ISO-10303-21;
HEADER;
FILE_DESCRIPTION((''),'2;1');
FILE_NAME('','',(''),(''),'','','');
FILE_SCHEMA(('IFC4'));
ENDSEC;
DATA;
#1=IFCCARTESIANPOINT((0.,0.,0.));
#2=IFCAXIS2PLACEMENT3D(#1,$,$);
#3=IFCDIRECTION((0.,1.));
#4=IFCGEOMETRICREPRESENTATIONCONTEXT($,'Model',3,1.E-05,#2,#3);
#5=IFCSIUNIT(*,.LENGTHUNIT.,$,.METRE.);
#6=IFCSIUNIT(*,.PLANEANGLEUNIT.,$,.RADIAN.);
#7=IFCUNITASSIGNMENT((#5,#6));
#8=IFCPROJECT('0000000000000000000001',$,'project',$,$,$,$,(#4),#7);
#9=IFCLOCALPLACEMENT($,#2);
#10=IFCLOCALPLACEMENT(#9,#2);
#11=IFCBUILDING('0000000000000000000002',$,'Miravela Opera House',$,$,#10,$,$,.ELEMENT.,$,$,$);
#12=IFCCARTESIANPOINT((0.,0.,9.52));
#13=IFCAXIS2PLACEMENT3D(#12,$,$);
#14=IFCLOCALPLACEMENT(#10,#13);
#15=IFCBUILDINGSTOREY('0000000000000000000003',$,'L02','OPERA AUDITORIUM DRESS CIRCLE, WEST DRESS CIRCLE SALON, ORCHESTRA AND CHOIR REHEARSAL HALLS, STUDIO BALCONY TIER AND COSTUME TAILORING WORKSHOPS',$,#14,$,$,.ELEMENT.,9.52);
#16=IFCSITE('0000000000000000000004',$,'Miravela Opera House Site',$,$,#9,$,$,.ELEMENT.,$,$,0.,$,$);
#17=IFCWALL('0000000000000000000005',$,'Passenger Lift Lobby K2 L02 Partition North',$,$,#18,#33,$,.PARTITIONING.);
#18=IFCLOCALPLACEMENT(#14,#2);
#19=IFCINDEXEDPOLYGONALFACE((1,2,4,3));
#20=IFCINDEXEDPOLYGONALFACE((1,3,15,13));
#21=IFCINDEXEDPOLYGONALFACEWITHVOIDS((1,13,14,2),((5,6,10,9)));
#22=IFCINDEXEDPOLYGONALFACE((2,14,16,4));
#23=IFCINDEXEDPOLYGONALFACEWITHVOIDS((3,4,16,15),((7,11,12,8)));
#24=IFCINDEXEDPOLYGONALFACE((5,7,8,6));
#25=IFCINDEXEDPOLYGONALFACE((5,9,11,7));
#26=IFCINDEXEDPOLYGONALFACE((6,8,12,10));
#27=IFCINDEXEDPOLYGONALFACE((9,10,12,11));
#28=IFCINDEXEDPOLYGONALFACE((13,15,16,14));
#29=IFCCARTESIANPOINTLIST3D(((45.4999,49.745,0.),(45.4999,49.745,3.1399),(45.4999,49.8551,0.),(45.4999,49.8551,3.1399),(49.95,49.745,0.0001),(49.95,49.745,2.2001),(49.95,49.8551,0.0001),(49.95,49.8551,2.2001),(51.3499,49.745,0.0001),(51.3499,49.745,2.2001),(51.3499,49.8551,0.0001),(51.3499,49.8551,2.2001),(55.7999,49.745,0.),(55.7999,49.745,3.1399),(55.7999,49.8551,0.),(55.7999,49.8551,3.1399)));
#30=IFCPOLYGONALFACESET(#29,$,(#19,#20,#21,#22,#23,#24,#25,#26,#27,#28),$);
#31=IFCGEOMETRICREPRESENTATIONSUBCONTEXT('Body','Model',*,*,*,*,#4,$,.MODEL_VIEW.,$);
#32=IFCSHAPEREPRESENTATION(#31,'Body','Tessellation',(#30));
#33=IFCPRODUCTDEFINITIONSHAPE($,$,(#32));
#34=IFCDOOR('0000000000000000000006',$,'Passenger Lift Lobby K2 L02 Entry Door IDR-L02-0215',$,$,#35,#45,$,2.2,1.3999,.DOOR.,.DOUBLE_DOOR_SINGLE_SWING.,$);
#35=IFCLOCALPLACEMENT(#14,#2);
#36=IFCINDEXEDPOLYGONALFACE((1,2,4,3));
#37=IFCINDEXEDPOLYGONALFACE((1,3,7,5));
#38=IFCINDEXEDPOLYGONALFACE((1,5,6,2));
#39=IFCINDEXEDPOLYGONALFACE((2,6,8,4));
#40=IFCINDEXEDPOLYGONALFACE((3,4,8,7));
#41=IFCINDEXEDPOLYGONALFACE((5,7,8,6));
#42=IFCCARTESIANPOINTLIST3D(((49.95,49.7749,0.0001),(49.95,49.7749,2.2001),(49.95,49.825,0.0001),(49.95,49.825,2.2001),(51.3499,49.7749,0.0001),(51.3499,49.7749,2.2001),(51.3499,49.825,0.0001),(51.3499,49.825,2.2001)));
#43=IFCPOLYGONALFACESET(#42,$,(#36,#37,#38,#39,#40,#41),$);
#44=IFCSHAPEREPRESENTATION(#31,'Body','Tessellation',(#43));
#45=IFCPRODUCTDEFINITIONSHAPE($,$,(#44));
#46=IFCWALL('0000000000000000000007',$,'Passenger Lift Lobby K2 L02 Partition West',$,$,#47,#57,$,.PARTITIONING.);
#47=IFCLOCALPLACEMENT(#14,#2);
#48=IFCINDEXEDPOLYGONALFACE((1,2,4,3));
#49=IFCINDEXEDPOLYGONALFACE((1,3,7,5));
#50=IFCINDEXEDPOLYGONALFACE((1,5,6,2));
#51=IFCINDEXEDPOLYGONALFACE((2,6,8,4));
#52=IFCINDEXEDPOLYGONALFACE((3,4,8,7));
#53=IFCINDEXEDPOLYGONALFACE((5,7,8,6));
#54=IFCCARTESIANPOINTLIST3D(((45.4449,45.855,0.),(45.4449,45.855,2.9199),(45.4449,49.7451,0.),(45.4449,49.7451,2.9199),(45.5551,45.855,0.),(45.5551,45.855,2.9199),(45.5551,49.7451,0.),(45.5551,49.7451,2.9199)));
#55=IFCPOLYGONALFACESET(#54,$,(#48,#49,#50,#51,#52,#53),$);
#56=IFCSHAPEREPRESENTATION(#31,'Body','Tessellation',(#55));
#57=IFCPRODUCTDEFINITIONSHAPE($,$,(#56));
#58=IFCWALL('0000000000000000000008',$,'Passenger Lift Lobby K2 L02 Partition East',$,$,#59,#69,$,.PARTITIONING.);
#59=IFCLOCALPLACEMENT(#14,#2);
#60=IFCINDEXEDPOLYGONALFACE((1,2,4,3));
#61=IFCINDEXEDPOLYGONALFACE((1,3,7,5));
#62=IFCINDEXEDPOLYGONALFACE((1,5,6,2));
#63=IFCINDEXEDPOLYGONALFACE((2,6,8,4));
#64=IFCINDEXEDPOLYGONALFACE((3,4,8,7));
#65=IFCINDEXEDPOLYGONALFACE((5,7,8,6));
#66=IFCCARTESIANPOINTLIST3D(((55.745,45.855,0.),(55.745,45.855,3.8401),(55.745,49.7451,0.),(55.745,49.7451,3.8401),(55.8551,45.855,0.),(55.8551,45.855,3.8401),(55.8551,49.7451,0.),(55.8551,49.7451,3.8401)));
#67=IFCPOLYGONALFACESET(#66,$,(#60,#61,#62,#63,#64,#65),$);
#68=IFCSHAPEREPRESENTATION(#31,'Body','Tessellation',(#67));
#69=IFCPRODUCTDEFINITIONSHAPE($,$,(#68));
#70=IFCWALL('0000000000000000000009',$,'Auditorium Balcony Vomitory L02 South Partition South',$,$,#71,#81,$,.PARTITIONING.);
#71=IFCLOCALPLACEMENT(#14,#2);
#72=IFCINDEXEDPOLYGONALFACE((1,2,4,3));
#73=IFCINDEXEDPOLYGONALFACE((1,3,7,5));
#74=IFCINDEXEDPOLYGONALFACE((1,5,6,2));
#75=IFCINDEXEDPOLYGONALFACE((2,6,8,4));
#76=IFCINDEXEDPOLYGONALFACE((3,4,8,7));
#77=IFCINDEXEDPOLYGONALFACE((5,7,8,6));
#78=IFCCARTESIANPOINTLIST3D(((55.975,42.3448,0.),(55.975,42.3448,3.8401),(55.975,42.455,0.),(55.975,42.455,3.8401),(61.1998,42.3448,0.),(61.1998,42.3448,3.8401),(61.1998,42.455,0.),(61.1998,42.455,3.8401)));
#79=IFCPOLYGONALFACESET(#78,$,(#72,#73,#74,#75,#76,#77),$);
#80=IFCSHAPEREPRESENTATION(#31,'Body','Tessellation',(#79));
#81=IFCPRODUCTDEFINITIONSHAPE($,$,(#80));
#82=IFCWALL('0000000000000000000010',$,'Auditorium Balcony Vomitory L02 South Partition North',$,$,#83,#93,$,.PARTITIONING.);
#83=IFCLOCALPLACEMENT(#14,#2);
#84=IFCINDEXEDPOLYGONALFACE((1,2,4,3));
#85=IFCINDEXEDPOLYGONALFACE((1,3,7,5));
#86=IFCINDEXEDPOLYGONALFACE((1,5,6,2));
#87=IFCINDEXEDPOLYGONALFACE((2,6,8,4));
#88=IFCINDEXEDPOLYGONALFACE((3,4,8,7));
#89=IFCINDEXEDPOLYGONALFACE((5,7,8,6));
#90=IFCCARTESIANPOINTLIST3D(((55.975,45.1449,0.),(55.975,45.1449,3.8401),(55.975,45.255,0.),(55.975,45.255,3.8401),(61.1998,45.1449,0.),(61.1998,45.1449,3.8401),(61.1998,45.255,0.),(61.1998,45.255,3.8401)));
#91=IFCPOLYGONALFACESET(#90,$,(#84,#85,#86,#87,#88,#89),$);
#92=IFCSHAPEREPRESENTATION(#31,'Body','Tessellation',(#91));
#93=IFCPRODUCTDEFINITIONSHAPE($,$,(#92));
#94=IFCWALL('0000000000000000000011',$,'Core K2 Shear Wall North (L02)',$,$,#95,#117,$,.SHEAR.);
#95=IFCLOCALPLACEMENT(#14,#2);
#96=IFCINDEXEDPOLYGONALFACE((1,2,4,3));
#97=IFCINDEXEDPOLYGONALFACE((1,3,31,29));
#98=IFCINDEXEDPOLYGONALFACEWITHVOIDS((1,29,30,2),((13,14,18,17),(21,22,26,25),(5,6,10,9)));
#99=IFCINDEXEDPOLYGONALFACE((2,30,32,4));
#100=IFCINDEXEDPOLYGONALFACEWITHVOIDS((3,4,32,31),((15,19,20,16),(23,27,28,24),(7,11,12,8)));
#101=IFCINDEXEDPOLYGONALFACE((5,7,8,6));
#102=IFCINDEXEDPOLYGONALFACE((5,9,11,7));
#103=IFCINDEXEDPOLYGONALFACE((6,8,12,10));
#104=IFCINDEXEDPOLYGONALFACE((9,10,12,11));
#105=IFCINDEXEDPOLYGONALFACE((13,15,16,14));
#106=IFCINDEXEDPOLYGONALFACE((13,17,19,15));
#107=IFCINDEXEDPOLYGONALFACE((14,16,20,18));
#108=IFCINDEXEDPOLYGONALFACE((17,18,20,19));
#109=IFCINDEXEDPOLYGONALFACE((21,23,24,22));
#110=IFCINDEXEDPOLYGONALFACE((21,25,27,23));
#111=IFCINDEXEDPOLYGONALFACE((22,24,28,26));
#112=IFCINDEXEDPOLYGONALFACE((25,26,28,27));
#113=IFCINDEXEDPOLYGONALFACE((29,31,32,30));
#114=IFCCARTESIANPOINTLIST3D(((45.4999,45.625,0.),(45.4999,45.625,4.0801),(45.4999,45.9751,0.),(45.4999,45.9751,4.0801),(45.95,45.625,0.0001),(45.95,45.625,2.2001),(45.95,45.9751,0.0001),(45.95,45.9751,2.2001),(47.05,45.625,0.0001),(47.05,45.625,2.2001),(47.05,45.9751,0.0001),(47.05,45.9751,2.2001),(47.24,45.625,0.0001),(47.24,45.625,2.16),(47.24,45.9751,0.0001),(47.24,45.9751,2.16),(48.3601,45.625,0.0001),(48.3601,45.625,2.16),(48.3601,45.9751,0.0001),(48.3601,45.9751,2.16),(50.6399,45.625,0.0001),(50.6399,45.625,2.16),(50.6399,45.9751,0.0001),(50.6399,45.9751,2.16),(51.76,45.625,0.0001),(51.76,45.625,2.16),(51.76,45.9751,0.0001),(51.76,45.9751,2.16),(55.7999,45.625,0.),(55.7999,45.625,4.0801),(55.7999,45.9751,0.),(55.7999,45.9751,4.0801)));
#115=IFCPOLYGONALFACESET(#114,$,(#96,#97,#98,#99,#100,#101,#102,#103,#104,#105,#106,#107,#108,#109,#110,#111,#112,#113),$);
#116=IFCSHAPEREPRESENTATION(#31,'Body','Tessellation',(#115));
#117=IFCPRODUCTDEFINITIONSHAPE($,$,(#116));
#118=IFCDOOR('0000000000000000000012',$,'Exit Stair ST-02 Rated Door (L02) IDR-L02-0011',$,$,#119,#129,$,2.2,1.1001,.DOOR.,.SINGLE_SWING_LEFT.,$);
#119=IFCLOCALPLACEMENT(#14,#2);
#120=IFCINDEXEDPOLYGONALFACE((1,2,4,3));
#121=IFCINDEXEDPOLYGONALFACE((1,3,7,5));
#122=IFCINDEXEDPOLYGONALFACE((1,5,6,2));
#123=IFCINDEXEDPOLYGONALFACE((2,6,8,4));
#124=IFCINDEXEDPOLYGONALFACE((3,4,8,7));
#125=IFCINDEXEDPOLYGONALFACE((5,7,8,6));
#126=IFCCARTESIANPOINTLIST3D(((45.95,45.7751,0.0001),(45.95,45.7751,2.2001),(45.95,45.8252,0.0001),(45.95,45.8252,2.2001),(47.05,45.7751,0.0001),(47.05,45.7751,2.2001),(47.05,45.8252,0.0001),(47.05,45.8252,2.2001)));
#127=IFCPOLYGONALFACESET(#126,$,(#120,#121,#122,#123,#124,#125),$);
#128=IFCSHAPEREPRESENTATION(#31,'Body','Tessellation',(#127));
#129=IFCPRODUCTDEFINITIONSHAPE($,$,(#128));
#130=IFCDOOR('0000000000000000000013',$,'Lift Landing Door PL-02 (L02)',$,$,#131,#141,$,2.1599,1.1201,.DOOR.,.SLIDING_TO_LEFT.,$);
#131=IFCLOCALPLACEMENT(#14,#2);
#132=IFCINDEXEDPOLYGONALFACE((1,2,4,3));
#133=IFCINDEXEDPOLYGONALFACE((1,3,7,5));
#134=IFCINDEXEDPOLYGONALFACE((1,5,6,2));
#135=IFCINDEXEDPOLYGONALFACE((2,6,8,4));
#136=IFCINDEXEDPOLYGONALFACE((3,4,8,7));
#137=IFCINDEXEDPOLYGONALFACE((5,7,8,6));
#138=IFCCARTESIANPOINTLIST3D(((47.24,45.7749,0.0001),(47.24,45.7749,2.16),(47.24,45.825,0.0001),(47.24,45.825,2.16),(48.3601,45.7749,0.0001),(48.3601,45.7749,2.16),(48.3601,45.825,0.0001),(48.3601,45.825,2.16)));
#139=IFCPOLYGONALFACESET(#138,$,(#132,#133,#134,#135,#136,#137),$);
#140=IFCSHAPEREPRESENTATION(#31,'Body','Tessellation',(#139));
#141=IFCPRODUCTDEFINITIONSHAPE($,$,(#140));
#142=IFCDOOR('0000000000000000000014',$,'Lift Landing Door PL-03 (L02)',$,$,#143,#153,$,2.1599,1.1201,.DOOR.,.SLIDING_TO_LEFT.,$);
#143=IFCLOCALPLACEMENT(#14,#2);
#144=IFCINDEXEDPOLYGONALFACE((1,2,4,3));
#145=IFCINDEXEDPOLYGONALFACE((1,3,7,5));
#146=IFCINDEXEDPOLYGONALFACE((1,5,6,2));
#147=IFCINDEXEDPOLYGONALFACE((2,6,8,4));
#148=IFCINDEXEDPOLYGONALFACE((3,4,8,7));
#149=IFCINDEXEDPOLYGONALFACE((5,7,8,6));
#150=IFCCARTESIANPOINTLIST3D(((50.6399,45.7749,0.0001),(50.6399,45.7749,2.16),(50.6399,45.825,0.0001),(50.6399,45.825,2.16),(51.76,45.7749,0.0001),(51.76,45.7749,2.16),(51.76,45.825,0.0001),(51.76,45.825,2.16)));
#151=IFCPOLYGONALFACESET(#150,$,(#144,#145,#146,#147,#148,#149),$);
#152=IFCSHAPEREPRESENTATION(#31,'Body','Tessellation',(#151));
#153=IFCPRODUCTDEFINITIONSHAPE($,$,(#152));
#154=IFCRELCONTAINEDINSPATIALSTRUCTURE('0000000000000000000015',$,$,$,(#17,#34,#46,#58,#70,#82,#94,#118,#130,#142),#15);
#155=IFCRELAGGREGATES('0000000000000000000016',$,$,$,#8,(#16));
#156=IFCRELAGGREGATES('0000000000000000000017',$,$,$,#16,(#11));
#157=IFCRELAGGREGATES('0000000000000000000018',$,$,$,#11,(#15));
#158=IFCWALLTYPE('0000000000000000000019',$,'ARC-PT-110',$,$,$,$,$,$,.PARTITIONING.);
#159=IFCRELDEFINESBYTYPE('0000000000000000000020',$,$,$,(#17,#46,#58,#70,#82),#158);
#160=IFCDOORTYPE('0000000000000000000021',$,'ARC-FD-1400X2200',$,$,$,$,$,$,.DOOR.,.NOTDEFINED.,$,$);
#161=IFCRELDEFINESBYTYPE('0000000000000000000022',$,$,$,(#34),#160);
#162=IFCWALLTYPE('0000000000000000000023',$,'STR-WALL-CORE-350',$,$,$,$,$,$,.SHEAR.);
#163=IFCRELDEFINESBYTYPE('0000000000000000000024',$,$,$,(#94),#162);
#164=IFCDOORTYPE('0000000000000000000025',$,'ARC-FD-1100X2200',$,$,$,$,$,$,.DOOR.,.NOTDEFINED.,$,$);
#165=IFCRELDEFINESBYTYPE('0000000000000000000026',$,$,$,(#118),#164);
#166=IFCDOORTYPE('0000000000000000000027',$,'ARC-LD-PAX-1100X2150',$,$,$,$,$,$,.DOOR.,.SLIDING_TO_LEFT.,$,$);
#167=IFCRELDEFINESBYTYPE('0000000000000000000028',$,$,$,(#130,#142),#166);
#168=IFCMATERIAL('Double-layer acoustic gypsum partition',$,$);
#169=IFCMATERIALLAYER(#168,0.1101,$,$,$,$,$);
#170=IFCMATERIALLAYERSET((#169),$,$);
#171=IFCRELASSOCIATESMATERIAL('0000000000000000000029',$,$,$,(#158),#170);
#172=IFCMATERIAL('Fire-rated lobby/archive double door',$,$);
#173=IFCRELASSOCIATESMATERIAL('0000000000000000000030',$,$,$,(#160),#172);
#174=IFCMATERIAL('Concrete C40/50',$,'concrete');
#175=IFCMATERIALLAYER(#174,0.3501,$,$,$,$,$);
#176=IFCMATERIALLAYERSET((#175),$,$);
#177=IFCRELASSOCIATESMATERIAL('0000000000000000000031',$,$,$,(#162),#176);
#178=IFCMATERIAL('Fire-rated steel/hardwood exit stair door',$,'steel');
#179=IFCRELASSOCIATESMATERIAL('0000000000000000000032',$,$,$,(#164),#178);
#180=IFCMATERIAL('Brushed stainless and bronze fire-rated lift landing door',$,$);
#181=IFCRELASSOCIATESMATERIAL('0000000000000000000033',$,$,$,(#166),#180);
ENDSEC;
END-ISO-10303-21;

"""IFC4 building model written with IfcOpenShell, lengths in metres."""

from ifc_helpers import new_model, si_unit, direction, frame, frame_2d, origin, place, context, subcontext, project, spatial, rectangle, extrude, material, layer, layer_set, type_object, element, fill, save


model = new_model("IFC4")

# Units and contexts
model_context = context("Model", 3, precision=1e-05, world=origin(), true_north=direction((0.0, 1.0)))
body_context = subcontext(model_context, "Body", "Model", "MODEL_VIEW")
ifc_project = project(units=[si_unit("LENGTHUNIT", "METRE"), si_unit("PLANEANGLEUNIT", "RADIAN")], contexts=[model_context])

# Site, building, storey
site_placement = place(None, origin())
site = spatial("IfcSite", under=ifc_project, at=site_placement, Name="Miravela Opera House Site", CompositionType="ELEMENT", RefElevation=0.0)
building_placement = place(site_placement, origin())
building = spatial("IfcBuilding", under=site, at=building_placement, Name="Miravela Opera House", CompositionType="ELEMENT")
storey_placement = place(building_placement, frame((0.0, 0.0, 9.52)))
storey = spatial("IfcBuildingStorey", under=building, at=storey_placement, Name="L02", Description="OPERA AUDITORIUM DRESS CIRCLE, WEST DRESS CIRCLE SALON, ORCHESTRA AND CHOIR REHEARSAL HALLS, STUDIO BALCONY TIER AND COSTUME TAILORING WORKSHOPS", CompositionType="ELEMENT", Elevation=9.52)

# Shared definitions
ifc_material_1 = material(Name="Concrete C40/50", Category="concrete")

# Wall, opening, door
ifc_material_2 = material(Name="Double-layer acoustic gypsum partition")
ifc_layer_1 = layer(ifc_material_2, 0.1101)
ifc_layer_set_1 = layer_set([ifc_layer_1])
wall_type_1 = type_object("IfcWallType", Name="ARC-PT-110", PredefinedType="PARTITIONING", material=ifc_layer_set_1)
wall_1_placement = place(storey_placement, frame((45.5, 49.8, 0.0), z_axis=(0.0, 0.0, 1.0), x_axis=(1.0, 0.0, 0.0)))
wall_1 = element("IfcWall", 1, at=wall_1_placement, inside=storey, type_object=wall_type_1, Name="Passenger Lift Lobby K2 L02 Partition North", PredefinedType="PARTITIONING", context=body_context, shape_type="SweptSolid", body=[
    extrude(rectangle(XDim=10.3, YDim=0.1101, at=frame_2d((5.1499, 0.0))), origin(), (0.0, 0.0, 1.0), 3.1399),
])
opening_1_placement = place(wall_1_placement, frame((4.45, 0.0, 0.0)))
opening_1 = element("IfcOpeningElement", 2, at=opening_1_placement, cuts=wall_1, PredefinedType="OPENING", context=body_context, shape_type="SweptSolid", body=[
    extrude(rectangle(XDim=1.3999, YDim=2.2, at=frame_2d((0.7, 1.1001))), frame((0.0, 0.0649, 0.0), z_axis=(0.0, -1.0, 0.0), x_axis=(1.0, 0.0, 0.0)), (0.0, 0.0, 1.0), 0.1301),
])
ifc_material_3 = material(Name="Fire-rated lobby/archive double door")
door_type_1 = type_object("IfcDoorType", Name="ARC-FD-1400X2200", OperationType="NOTDEFINED", PredefinedType="DOOR", material=ifc_material_3)
door_1_placement = place(opening_1_placement, origin())
door_1 = element("IfcDoor", 3, at=door_1_placement, inside=storey, type_object=door_type_1, Name="Passenger Lift Lobby K2 L02 Entry Door IDR-L02-0215", OperationType="DOUBLE_DOOR_SINGLE_SWING", OverallHeight=2.2, OverallWidth=1.3999, PredefinedType="DOOR", context=body_context, shape_type="SweptSolid", body=[
    extrude(rectangle(XDim=1.3999, YDim=2.2, at=frame_2d((0.7, 1.1001))), frame((0.0, 0.0249, 0.0), z_axis=(0.0, -1.0, 0.0), x_axis=(1.0, 0.0, 0.0)), (0.0, 0.0, 1.0), 0.05),
])
fill(opening_1, door_1)

# Walls
wall_2_placement = place(storey_placement, frame((45.5, 45.855, 0.0), z_axis=(0.0, 0.0, 1.0), x_axis=(0.0, 1.0, 0.0)))
element("IfcWall", 4, at=wall_2_placement, inside=storey, type_object=wall_type_1, Name="Passenger Lift Lobby K2 L02 Partition West", PredefinedType="PARTITIONING", context=body_context, shape_type="SweptSolid", body=[
    extrude(rectangle(XDim=3.8901, YDim=0.1101, at=frame_2d((1.9451, 0.0))), origin(), (0.0, 0.0, 1.0), 2.9199),
])
wall_3_placement = place(storey_placement, frame((55.8, 45.855, 0.0), z_axis=(0.0, 0.0, 1.0), x_axis=(0.0, 1.0, 0.0)))
element("IfcWall", 5, at=wall_3_placement, inside=storey, type_object=wall_type_1, Name="Passenger Lift Lobby K2 L02 Partition East", PredefinedType="PARTITIONING", context=body_context, shape_type="SweptSolid", body=[
    extrude(rectangle(XDim=3.8901, YDim=0.1101, at=frame_2d((1.9451, 0.0))), origin(), (0.0, 0.0, 1.0), 3.8401),
])
for number, where, z_axis, x_axis, name in (
    (6, (55.9751, 42.3999, 0.0), (0.0, 0.0, 1.0), (1.0, 0.0, 0.0), "Auditorium Balcony Vomitory L02 South Partition South"),
    (7, (55.9751, 45.2, 0.0), (0.0, 0.0, 1.0), (1.0, 0.0, 0.0), "Auditorium Balcony Vomitory L02 South Partition North"),
):
    element("IfcWall", number, at=place(storey_placement, frame(where, z_axis=z_axis, x_axis=x_axis)), inside=storey, type_object=wall_type_1, Name=name, PredefinedType="PARTITIONING", context=body_context, shape_type="SweptSolid", body=[
        extrude(rectangle(XDim=5.2249, YDim=0.1101, at=frame_2d((2.6123, 0.0))), origin(), (0.0, 0.0, 1.0), 3.8401),
    ])

# Wall, openings, doors
ifc_layer_2 = layer(ifc_material_1, 0.3501)
ifc_layer_set_2 = layer_set([ifc_layer_2])
wall_type_2 = type_object("IfcWallType", Name="STR-WALL-CORE-350", PredefinedType="SHEAR", material=ifc_layer_set_2)
wall_4_placement = place(storey_placement, frame((45.5, 45.8, 0.0), z_axis=(0.0, 0.0, 1.0), x_axis=(1.0, 0.0, 0.0)))
wall_4 = element("IfcWall", 8, at=wall_4_placement, inside=storey, type_object=wall_type_2, Name="Core K2 Shear Wall North (L02)", PredefinedType="SHEAR", context=body_context, shape_type="SweptSolid", body=[
    extrude(rectangle(XDim=10.3, YDim=0.3501, at=frame_2d((5.1499, 0.0))), origin(), (0.0, 0.0, 1.0), 4.0801),
])
opening_2_placement = place(wall_4_placement, frame((0.45, 0.0, 0.0)))
opening_2 = element("IfcOpeningElement", 9, at=opening_2_placement, cuts=wall_4, PredefinedType="OPENING", context=body_context, shape_type="SweptSolid", body=[
    extrude(rectangle(XDim=1.1001, YDim=2.2, at=frame_2d((0.55, 1.1001))), frame((0.0, 0.1851, 0.0), z_axis=(0.0, -1.0, 0.0), x_axis=(1.0, 0.0, 0.0)), (0.0, 0.0, 1.0), 0.3701),
])
opening_3_placement = place(wall_4_placement, frame((1.74, 0.0, 0.0)))
opening_3 = element("IfcOpeningElement", 10, at=opening_3_placement, cuts=wall_4, PredefinedType="OPENING", context=body_context, shape_type="SweptSolid", body=[
    extrude(rectangle(XDim=1.1201, YDim=2.1599, at=frame_2d((0.5601, 1.0801))), frame((0.0, 0.1851, 0.0), z_axis=(0.0, -1.0, 0.0), x_axis=(1.0, 0.0, 0.0)), (0.0, 0.0, 1.0), 0.3701),
])
opening_4_placement = place(wall_4_placement, frame((5.1399, 0.0, 0.0)))
opening_4 = element("IfcOpeningElement", 11, at=opening_4_placement, cuts=wall_4, PredefinedType="OPENING", context=body_context, shape_type="SweptSolid", body=[
    extrude(rectangle(XDim=1.1201, YDim=2.1599, at=frame_2d((0.5601, 1.0801))), frame((0.0, 0.1851, 0.0), z_axis=(0.0, -1.0, 0.0), x_axis=(1.0, 0.0, 0.0)), (0.0, 0.0, 1.0), 0.3701),
])
ifc_material_4 = material(Name="Fire-rated steel/hardwood exit stair door", Category="steel")
door_type_2 = type_object("IfcDoorType", Name="ARC-FD-1100X2200", OperationType="NOTDEFINED", PredefinedType="DOOR", material=ifc_material_4)
door_2_placement = place(opening_2_placement, frame((1.1001, 0.0, 0.0), z_axis=(0.0, 0.0, 1.0), x_axis=(-1.0, 0.0, 0.0)))
door_2 = element("IfcDoor", 12, at=door_2_placement, inside=storey, type_object=door_type_2, Name="Exit Stair ST-02 Rated Door (L02) IDR-L02-0011", OperationType="SINGLE_SWING_LEFT", OverallHeight=2.2, OverallWidth=1.1001, PredefinedType="DOOR", context=body_context, shape_type="SweptSolid", body=[
    extrude(rectangle(XDim=1.1001, YDim=2.2, at=frame_2d((0.55, 1.1001))), frame((0.0, 0.0249, 0.0), z_axis=(0.0, -1.0, 0.0), x_axis=(1.0, 0.0, 0.0)), (0.0, 0.0, 1.0), 0.05),
])
fill(opening_2, door_2)
ifc_material_5 = material(Name="Brushed stainless and bronze fire-rated lift landing door")
door_type_3 = type_object("IfcDoorType", Name="ARC-LD-PAX-1100X2150", OperationType="SLIDING_TO_LEFT", PredefinedType="DOOR", material=ifc_material_5)
door_3_placement = place(opening_3_placement, origin())
door_3 = element("IfcDoor", 13, at=door_3_placement, inside=storey, type_object=door_type_3, Name="Lift Landing Door PL-02 (L02)", OperationType="SLIDING_TO_LEFT", OverallHeight=2.1599, OverallWidth=1.1201, PredefinedType="DOOR", context=body_context, shape_type="SweptSolid", body=[
    extrude(rectangle(XDim=1.1201, YDim=2.1599, at=frame_2d((0.5601, 1.0801))), frame((0.0, 0.0249, 0.0), z_axis=(0.0, -1.0, 0.0), x_axis=(1.0, 0.0, 0.0)), (0.0, 0.0, 1.0), 0.05),
])
fill(opening_3, door_3)
door_4_placement = place(opening_4_placement, origin())
door_4 = element("IfcDoor", 14, at=door_4_placement, inside=storey, type_object=door_type_3, Name="Lift Landing Door PL-03 (L02)", OperationType="SLIDING_TO_LEFT", OverallHeight=2.1599, OverallWidth=1.1201, PredefinedType="DOOR", context=body_context, shape_type="SweptSolid", body=[
    extrude(rectangle(XDim=1.1201, YDim=2.1599, at=frame_2d((0.5601, 1.0801))), frame((0.0, 0.0249, 0.0), z_axis=(0.0, -1.0, 0.0), x_axis=(1.0, 0.0, 0.0)), (0.0, 0.0, 1.0), 0.05),
])
fill(opening_4, door_4)

save(model, "model.ifc")
